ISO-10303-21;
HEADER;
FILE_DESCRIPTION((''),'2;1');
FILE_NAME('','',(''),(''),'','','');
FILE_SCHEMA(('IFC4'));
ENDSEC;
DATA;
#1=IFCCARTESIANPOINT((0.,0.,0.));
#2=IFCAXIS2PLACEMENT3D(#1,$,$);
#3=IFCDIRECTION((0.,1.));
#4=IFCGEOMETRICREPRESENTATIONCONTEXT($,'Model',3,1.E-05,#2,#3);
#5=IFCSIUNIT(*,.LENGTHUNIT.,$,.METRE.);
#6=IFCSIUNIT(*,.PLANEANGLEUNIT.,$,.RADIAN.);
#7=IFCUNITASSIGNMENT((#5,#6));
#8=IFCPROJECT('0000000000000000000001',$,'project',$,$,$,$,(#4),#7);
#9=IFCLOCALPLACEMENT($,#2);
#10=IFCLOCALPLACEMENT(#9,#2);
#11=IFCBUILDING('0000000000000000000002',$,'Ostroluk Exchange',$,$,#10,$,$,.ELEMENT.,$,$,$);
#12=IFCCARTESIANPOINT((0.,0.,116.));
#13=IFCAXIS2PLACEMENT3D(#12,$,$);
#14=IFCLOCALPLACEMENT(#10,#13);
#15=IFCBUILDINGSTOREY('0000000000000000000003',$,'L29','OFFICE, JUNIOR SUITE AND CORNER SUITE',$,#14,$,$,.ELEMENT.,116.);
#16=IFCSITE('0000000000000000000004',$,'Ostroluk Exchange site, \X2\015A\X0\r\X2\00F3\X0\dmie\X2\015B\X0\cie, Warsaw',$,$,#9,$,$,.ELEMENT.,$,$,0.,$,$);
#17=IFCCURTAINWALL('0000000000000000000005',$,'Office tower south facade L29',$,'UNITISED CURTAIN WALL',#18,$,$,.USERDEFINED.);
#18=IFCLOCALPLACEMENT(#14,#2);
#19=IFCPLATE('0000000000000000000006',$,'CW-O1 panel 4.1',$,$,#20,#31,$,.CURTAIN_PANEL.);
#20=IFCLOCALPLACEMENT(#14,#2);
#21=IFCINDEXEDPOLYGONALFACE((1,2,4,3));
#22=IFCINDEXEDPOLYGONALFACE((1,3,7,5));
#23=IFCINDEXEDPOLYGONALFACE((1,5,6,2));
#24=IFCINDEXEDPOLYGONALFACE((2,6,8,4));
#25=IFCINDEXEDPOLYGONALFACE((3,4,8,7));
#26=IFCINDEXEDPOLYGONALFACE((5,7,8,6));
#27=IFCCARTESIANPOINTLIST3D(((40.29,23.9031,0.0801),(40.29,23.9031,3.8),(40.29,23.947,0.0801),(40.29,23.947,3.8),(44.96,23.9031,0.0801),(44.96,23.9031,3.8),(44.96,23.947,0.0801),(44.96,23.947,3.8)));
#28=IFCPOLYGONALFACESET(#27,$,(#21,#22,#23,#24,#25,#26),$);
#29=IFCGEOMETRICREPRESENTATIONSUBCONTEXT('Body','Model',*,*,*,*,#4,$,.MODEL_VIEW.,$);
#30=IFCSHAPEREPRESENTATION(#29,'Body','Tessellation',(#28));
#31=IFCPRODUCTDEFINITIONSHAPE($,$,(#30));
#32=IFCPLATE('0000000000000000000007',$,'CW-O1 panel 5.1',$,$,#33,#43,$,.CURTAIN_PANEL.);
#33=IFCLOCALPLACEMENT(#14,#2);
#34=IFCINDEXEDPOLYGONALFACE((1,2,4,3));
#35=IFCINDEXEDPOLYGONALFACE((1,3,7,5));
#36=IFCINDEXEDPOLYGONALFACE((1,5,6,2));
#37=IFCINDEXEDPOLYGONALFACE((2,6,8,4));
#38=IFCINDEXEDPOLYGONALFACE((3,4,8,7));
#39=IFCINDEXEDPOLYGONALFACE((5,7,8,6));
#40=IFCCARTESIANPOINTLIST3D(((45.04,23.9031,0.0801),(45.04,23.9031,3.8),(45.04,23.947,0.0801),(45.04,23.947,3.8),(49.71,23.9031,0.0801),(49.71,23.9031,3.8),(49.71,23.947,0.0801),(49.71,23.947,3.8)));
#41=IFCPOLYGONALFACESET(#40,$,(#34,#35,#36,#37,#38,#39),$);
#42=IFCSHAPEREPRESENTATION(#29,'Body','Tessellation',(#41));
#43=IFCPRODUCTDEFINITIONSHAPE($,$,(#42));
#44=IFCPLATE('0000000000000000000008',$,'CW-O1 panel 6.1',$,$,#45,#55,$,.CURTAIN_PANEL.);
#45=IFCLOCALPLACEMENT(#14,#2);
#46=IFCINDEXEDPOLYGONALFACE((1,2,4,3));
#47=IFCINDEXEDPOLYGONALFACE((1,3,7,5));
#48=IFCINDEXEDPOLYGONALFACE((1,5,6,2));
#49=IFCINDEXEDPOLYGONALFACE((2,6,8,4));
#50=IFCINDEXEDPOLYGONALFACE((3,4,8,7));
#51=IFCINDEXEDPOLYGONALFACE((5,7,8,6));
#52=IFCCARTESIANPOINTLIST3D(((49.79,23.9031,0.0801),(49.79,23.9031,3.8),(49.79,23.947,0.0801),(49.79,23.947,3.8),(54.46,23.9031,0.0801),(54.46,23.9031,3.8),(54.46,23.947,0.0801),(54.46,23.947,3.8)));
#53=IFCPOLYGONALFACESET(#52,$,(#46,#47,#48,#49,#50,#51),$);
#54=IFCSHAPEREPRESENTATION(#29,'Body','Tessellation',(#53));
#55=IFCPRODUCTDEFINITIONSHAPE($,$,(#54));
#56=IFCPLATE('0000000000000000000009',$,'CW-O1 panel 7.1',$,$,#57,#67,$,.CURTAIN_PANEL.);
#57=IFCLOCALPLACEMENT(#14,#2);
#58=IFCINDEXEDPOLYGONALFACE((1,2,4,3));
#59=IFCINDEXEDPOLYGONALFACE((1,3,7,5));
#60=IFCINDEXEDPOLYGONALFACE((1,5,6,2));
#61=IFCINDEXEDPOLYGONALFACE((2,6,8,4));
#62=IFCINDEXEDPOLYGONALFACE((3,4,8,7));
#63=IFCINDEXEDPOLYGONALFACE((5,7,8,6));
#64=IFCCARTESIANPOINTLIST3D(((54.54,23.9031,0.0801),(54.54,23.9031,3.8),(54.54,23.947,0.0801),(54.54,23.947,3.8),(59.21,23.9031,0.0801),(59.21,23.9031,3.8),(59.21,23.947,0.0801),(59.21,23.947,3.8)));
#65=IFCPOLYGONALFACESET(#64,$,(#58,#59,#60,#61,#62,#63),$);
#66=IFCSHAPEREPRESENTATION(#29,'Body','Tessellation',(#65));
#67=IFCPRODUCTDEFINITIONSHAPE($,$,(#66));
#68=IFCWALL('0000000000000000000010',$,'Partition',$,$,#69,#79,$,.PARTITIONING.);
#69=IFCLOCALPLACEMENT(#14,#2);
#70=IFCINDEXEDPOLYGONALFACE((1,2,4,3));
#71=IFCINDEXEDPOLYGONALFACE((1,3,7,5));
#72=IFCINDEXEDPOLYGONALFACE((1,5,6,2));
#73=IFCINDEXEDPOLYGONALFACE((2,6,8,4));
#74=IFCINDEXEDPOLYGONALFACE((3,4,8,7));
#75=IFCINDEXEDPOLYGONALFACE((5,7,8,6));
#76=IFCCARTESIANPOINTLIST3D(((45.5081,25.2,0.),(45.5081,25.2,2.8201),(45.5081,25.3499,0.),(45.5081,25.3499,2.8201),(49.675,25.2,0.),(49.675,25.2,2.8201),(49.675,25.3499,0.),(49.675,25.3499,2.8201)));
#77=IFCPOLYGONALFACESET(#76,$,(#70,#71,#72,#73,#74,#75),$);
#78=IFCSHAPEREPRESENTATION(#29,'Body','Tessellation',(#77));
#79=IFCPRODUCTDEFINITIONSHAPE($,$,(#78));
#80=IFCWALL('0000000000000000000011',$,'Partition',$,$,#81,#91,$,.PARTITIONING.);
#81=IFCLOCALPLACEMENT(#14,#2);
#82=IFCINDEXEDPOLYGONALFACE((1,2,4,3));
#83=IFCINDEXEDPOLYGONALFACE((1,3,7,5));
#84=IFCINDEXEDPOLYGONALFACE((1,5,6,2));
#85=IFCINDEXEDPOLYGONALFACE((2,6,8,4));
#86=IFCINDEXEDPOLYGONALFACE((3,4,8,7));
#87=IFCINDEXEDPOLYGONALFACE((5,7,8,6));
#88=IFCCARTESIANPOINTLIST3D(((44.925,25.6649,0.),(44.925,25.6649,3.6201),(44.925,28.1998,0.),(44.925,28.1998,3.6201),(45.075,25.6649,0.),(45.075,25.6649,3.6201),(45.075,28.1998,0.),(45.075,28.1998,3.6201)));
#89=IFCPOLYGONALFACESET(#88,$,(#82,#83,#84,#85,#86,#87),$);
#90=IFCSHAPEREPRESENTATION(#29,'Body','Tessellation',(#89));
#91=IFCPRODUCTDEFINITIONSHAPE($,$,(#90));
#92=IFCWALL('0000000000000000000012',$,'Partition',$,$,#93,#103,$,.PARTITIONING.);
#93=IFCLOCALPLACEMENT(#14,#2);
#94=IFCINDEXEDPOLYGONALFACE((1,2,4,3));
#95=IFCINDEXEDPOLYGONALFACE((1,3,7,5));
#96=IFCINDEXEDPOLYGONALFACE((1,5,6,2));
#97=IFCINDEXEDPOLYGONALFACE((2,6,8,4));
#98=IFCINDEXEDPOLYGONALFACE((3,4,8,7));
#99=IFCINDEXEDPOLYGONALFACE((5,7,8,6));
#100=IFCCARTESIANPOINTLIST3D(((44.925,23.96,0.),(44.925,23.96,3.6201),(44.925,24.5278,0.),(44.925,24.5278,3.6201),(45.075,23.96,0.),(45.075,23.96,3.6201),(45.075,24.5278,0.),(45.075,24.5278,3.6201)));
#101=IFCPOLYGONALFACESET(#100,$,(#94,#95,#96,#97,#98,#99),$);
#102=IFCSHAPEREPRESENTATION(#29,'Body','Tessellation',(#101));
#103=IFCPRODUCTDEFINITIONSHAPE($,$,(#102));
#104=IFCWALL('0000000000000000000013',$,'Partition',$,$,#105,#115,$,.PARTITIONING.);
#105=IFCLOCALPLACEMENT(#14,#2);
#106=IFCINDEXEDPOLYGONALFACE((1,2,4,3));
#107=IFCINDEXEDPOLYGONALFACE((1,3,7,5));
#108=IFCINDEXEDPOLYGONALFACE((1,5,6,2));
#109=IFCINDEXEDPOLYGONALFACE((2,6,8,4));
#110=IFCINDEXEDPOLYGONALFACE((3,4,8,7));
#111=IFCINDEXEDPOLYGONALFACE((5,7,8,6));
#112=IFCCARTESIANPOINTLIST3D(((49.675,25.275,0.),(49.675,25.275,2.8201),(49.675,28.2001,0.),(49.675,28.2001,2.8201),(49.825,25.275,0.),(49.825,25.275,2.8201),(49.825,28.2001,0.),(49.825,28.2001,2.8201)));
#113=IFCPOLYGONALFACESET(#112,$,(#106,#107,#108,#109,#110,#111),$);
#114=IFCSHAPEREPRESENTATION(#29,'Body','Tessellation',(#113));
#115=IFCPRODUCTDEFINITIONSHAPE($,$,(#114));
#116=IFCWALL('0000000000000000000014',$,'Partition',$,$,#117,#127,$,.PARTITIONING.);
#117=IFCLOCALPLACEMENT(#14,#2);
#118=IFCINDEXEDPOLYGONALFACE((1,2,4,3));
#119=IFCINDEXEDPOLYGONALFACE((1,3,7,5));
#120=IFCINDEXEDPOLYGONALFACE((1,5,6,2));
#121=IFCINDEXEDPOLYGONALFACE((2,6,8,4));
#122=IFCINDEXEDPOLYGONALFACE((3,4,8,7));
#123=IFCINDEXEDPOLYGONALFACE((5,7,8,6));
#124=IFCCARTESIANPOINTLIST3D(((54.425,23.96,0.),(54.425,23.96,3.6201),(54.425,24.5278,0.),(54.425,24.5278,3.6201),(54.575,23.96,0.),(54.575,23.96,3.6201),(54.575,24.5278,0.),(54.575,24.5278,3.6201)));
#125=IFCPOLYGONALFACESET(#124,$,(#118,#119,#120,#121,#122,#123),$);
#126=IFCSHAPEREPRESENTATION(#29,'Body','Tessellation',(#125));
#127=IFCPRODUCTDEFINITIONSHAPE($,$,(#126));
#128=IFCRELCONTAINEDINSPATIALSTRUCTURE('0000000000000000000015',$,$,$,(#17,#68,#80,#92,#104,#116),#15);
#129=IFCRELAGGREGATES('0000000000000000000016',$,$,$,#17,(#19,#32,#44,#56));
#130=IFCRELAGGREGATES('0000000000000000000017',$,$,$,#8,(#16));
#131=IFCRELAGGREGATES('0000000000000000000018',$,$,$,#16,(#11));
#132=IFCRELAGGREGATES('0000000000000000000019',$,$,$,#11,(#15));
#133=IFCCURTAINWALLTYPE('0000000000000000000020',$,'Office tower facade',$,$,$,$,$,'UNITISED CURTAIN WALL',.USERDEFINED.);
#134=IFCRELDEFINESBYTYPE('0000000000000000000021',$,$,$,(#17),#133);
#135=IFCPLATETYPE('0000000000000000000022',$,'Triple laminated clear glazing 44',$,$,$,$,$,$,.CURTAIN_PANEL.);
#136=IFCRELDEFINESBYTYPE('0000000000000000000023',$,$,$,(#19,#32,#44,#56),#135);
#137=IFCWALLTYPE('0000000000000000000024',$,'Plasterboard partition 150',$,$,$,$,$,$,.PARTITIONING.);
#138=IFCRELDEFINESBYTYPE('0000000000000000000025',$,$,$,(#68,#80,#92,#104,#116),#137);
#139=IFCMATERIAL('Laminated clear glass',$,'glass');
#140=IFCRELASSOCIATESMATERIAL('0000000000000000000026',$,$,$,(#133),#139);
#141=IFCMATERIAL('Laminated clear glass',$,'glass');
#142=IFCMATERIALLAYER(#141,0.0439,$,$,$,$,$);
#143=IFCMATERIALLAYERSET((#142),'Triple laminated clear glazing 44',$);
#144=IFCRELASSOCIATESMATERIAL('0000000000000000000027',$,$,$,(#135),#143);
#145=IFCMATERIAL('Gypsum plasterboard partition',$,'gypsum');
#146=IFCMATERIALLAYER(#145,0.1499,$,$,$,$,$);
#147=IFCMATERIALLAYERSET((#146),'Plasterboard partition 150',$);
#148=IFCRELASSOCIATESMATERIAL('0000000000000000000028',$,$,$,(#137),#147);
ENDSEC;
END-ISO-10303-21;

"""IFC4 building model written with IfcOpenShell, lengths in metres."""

from ifc_helpers import new_model, si_unit, direction, frame, frame_2d, origin, origin_2d, place, context, subcontext, project, spatial, rectangle, extrude, material, layer, layer_set, type_object, element, aggregate, save


model = new_model("IFC4")

# Units and contexts
model_context = context("Model", 3, precision=1e-05, world=origin(), true_north=direction((0.0, 1.0)))
body_context = subcontext(model_context, "Body", "Model", "MODEL_VIEW")
ifc_project = project(units=[si_unit("LENGTHUNIT", "METRE"), si_unit("PLANEANGLEUNIT", "RADIAN")], contexts=[model_context])

# Site, building, storey
site_placement = place(None, origin())
site = spatial("IfcSite", under=ifc_project, at=site_placement, Name="Ostroluk Exchange site, Śródmieście, Warsaw", CompositionType="ELEMENT", RefElevation=0.0)
building_placement = place(site_placement, origin())
building = spatial("IfcBuilding", under=site, at=building_placement, Name="Ostroluk Exchange", CompositionType="ELEMENT")
storey_placement = place(building_placement, frame((0.0, 0.0, 116.0)))
storey = spatial("IfcBuildingStorey", under=building, at=storey_placement, Name="L29", Description="OFFICE, JUNIOR SUITE AND CORNER SUITE", CompositionType="ELEMENT", Elevation=116.0)

# Curtain wall, plates
ifc_material_1 = material(Name="Laminated clear glass", Category="glass")
curtain_wall_type = type_object("IfcCurtainWallType", Name="Office tower facade", ElementType="UNITISED CURTAIN WALL", PredefinedType="USERDEFINED", material=ifc_material_1)
curtain_wall_placement = place(storey_placement, origin())
curtain_wall = element("IfcCurtainWall", 1, at=curtain_wall_placement, inside=storey, type_object=curtain_wall_type, Name="Office tower south facade L29", ObjectType="UNITISED CURTAIN WALL", PredefinedType="USERDEFINED")
ifc_material_2 = material(Name="Laminated clear glass", Category="glass")
ifc_layer_1 = layer(ifc_material_2, 0.0439)
ifc_layer_set_1 = layer_set([ifc_layer_1], Name="Triple laminated clear glazing 44")
plate_type = type_object("IfcPlateType", Name="Triple laminated clear glazing 44", PredefinedType="CURTAIN_PANEL", material=ifc_layer_set_1)
plate_1_placement = place(storey_placement, frame((42.625, 23.925, 0.0801), z_axis=(0.0, 0.0, 1.0), x_axis=(1.0, 0.0, 0.0)))
plate_1 = element("IfcPlate", 2, at=plate_1_placement, type_object=plate_type, Name="CW-O1 panel 4.1", PredefinedType="CURTAIN_PANEL", context=body_context, shape_type="SweptSolid", body=[
    extrude(rectangle(XDim=4.6699, YDim=0.0439, at=origin_2d()), origin(), (0.0, 0.0, 1.0), 3.72),
])
plate_2_placement = place(storey_placement, frame((47.375, 23.925, 0.0801), z_axis=(0.0, 0.0, 1.0), x_axis=(1.0, 0.0, 0.0)))
plate_2 = element("IfcPlate", 3, at=plate_2_placement, type_object=plate_type, Name="CW-O1 panel 5.1", PredefinedType="CURTAIN_PANEL", context=body_context, shape_type="SweptSolid", body=[
    extrude(rectangle(XDim=4.6699, YDim=0.0439, at=origin_2d()), origin(), (0.0, 0.0, 1.0), 3.72),
])
plate_3_placement = place(storey_placement, frame((52.125, 23.925, 0.0801), z_axis=(0.0, 0.0, 1.0), x_axis=(1.0, 0.0, 0.0)))
plate_3 = element("IfcPlate", 4, at=plate_3_placement, type_object=plate_type, Name="CW-O1 panel 6.1", PredefinedType="CURTAIN_PANEL", context=body_context, shape_type="SweptSolid", body=[
    extrude(rectangle(XDim=4.6699, YDim=0.0439, at=origin_2d()), origin(), (0.0, 0.0, 1.0), 3.72),
])
plate_4_placement = place(storey_placement, frame((56.875, 23.925, 0.0801), z_axis=(0.0, 0.0, 1.0), x_axis=(1.0, 0.0, 0.0)))
plate_4 = element("IfcPlate", 5, at=plate_4_placement, type_object=plate_type, Name="CW-O1 panel 7.1", PredefinedType="CURTAIN_PANEL", context=body_context, shape_type="SweptSolid", body=[
    extrude(rectangle(XDim=4.6699, YDim=0.0439, at=origin_2d()), origin(), (0.0, 0.0, 1.0), 3.72),
])
aggregate(curtain_wall, [plate_1, plate_2, plate_3, plate_4])

# Walls
ifc_material_3 = material(Name="Gypsum plasterboard partition", Category="gypsum")
ifc_layer_2 = layer(ifc_material_3, 0.1499)
ifc_layer_set_2 = layer_set([ifc_layer_2], Name="Plasterboard partition 150")
wall_type = type_object("IfcWallType", Name="Plasterboard partition 150", PredefinedType="PARTITIONING", material=ifc_layer_set_2)
wall_1_placement = place(storey_placement, frame((45.5081, 25.2749, 0.0), z_axis=(0.0, 0.0, 1.0), x_axis=(1.0, 0.0, 0.0)))
element("IfcWall", 6, at=wall_1_placement, inside=storey, type_object=wall_type, Name="Partition", PredefinedType="PARTITIONING", context=body_context, shape_type="SweptSolid", body=[
    extrude(rectangle(XDim=4.167, YDim=0.1499, at=frame_2d((2.0835, 0.0))), origin(), (0.0, 0.0, 1.0), 2.8201),
])
wall_2_placement = place(storey_placement, frame((45.0, 28.2, 0.0), z_axis=(0.0, 0.0, 1.0), x_axis=(0.0, -1.0, 0.0)))
element("IfcWall", 7, at=wall_2_placement, inside=storey, type_object=wall_type, Name="Partition", PredefinedType="PARTITIONING", context=body_context, shape_type="SweptSolid", body=[
    extrude(rectangle(XDim=2.5349, YDim=0.1499, at=frame_2d((1.2676, 0.0))), origin(), (0.0, 0.0, 1.0), 3.6201),
])
wall_3_placement = place(storey_placement, frame((45.0, 24.5278, 0.0), z_axis=(0.0, 0.0, 1.0), x_axis=(0.0, -1.0, 0.0)))
element("IfcWall", 8, at=wall_3_placement, inside=storey, type_object=wall_type, Name="Partition", PredefinedType="PARTITIONING", context=body_context, shape_type="SweptSolid", body=[
    extrude(rectangle(XDim=0.5679, YDim=0.1499, at=frame_2d((0.2839, 0.0))), origin(), (0.0, 0.0, 1.0), 3.6201),
])
wall_4_placement = place(storey_placement, frame((49.75, 28.2, 0.0), z_axis=(0.0, 0.0, 1.0), x_axis=(0.0, -1.0, 0.0)))
element("IfcWall", 9, at=wall_4_placement, inside=storey, type_object=wall_type, Name="Partition", PredefinedType="PARTITIONING", context=body_context, shape_type="SweptSolid", body=[
    extrude(rectangle(XDim=2.925, YDim=0.1499, at=frame_2d((1.4624, 0.0))), origin(), (0.0, 0.0, 1.0), 2.8201),
])
wall_5_placement = place(storey_placement, frame((54.5, 24.5278, 0.0), z_axis=(0.0, 0.0, 1.0), x_axis=(0.0, -1.0, 0.0)))
element("IfcWall", 10, at=wall_5_placement, inside=storey, type_object=wall_type, Name="Partition", PredefinedType="PARTITIONING", context=body_context, shape_type="SweptSolid", body=[
    extrude(rectangle(XDim=0.5679, YDim=0.1499, at=frame_2d((0.2839, 0.0))), origin(), (0.0, 0.0, 1.0), 3.6201),
])

save(model, "model.ifc")
